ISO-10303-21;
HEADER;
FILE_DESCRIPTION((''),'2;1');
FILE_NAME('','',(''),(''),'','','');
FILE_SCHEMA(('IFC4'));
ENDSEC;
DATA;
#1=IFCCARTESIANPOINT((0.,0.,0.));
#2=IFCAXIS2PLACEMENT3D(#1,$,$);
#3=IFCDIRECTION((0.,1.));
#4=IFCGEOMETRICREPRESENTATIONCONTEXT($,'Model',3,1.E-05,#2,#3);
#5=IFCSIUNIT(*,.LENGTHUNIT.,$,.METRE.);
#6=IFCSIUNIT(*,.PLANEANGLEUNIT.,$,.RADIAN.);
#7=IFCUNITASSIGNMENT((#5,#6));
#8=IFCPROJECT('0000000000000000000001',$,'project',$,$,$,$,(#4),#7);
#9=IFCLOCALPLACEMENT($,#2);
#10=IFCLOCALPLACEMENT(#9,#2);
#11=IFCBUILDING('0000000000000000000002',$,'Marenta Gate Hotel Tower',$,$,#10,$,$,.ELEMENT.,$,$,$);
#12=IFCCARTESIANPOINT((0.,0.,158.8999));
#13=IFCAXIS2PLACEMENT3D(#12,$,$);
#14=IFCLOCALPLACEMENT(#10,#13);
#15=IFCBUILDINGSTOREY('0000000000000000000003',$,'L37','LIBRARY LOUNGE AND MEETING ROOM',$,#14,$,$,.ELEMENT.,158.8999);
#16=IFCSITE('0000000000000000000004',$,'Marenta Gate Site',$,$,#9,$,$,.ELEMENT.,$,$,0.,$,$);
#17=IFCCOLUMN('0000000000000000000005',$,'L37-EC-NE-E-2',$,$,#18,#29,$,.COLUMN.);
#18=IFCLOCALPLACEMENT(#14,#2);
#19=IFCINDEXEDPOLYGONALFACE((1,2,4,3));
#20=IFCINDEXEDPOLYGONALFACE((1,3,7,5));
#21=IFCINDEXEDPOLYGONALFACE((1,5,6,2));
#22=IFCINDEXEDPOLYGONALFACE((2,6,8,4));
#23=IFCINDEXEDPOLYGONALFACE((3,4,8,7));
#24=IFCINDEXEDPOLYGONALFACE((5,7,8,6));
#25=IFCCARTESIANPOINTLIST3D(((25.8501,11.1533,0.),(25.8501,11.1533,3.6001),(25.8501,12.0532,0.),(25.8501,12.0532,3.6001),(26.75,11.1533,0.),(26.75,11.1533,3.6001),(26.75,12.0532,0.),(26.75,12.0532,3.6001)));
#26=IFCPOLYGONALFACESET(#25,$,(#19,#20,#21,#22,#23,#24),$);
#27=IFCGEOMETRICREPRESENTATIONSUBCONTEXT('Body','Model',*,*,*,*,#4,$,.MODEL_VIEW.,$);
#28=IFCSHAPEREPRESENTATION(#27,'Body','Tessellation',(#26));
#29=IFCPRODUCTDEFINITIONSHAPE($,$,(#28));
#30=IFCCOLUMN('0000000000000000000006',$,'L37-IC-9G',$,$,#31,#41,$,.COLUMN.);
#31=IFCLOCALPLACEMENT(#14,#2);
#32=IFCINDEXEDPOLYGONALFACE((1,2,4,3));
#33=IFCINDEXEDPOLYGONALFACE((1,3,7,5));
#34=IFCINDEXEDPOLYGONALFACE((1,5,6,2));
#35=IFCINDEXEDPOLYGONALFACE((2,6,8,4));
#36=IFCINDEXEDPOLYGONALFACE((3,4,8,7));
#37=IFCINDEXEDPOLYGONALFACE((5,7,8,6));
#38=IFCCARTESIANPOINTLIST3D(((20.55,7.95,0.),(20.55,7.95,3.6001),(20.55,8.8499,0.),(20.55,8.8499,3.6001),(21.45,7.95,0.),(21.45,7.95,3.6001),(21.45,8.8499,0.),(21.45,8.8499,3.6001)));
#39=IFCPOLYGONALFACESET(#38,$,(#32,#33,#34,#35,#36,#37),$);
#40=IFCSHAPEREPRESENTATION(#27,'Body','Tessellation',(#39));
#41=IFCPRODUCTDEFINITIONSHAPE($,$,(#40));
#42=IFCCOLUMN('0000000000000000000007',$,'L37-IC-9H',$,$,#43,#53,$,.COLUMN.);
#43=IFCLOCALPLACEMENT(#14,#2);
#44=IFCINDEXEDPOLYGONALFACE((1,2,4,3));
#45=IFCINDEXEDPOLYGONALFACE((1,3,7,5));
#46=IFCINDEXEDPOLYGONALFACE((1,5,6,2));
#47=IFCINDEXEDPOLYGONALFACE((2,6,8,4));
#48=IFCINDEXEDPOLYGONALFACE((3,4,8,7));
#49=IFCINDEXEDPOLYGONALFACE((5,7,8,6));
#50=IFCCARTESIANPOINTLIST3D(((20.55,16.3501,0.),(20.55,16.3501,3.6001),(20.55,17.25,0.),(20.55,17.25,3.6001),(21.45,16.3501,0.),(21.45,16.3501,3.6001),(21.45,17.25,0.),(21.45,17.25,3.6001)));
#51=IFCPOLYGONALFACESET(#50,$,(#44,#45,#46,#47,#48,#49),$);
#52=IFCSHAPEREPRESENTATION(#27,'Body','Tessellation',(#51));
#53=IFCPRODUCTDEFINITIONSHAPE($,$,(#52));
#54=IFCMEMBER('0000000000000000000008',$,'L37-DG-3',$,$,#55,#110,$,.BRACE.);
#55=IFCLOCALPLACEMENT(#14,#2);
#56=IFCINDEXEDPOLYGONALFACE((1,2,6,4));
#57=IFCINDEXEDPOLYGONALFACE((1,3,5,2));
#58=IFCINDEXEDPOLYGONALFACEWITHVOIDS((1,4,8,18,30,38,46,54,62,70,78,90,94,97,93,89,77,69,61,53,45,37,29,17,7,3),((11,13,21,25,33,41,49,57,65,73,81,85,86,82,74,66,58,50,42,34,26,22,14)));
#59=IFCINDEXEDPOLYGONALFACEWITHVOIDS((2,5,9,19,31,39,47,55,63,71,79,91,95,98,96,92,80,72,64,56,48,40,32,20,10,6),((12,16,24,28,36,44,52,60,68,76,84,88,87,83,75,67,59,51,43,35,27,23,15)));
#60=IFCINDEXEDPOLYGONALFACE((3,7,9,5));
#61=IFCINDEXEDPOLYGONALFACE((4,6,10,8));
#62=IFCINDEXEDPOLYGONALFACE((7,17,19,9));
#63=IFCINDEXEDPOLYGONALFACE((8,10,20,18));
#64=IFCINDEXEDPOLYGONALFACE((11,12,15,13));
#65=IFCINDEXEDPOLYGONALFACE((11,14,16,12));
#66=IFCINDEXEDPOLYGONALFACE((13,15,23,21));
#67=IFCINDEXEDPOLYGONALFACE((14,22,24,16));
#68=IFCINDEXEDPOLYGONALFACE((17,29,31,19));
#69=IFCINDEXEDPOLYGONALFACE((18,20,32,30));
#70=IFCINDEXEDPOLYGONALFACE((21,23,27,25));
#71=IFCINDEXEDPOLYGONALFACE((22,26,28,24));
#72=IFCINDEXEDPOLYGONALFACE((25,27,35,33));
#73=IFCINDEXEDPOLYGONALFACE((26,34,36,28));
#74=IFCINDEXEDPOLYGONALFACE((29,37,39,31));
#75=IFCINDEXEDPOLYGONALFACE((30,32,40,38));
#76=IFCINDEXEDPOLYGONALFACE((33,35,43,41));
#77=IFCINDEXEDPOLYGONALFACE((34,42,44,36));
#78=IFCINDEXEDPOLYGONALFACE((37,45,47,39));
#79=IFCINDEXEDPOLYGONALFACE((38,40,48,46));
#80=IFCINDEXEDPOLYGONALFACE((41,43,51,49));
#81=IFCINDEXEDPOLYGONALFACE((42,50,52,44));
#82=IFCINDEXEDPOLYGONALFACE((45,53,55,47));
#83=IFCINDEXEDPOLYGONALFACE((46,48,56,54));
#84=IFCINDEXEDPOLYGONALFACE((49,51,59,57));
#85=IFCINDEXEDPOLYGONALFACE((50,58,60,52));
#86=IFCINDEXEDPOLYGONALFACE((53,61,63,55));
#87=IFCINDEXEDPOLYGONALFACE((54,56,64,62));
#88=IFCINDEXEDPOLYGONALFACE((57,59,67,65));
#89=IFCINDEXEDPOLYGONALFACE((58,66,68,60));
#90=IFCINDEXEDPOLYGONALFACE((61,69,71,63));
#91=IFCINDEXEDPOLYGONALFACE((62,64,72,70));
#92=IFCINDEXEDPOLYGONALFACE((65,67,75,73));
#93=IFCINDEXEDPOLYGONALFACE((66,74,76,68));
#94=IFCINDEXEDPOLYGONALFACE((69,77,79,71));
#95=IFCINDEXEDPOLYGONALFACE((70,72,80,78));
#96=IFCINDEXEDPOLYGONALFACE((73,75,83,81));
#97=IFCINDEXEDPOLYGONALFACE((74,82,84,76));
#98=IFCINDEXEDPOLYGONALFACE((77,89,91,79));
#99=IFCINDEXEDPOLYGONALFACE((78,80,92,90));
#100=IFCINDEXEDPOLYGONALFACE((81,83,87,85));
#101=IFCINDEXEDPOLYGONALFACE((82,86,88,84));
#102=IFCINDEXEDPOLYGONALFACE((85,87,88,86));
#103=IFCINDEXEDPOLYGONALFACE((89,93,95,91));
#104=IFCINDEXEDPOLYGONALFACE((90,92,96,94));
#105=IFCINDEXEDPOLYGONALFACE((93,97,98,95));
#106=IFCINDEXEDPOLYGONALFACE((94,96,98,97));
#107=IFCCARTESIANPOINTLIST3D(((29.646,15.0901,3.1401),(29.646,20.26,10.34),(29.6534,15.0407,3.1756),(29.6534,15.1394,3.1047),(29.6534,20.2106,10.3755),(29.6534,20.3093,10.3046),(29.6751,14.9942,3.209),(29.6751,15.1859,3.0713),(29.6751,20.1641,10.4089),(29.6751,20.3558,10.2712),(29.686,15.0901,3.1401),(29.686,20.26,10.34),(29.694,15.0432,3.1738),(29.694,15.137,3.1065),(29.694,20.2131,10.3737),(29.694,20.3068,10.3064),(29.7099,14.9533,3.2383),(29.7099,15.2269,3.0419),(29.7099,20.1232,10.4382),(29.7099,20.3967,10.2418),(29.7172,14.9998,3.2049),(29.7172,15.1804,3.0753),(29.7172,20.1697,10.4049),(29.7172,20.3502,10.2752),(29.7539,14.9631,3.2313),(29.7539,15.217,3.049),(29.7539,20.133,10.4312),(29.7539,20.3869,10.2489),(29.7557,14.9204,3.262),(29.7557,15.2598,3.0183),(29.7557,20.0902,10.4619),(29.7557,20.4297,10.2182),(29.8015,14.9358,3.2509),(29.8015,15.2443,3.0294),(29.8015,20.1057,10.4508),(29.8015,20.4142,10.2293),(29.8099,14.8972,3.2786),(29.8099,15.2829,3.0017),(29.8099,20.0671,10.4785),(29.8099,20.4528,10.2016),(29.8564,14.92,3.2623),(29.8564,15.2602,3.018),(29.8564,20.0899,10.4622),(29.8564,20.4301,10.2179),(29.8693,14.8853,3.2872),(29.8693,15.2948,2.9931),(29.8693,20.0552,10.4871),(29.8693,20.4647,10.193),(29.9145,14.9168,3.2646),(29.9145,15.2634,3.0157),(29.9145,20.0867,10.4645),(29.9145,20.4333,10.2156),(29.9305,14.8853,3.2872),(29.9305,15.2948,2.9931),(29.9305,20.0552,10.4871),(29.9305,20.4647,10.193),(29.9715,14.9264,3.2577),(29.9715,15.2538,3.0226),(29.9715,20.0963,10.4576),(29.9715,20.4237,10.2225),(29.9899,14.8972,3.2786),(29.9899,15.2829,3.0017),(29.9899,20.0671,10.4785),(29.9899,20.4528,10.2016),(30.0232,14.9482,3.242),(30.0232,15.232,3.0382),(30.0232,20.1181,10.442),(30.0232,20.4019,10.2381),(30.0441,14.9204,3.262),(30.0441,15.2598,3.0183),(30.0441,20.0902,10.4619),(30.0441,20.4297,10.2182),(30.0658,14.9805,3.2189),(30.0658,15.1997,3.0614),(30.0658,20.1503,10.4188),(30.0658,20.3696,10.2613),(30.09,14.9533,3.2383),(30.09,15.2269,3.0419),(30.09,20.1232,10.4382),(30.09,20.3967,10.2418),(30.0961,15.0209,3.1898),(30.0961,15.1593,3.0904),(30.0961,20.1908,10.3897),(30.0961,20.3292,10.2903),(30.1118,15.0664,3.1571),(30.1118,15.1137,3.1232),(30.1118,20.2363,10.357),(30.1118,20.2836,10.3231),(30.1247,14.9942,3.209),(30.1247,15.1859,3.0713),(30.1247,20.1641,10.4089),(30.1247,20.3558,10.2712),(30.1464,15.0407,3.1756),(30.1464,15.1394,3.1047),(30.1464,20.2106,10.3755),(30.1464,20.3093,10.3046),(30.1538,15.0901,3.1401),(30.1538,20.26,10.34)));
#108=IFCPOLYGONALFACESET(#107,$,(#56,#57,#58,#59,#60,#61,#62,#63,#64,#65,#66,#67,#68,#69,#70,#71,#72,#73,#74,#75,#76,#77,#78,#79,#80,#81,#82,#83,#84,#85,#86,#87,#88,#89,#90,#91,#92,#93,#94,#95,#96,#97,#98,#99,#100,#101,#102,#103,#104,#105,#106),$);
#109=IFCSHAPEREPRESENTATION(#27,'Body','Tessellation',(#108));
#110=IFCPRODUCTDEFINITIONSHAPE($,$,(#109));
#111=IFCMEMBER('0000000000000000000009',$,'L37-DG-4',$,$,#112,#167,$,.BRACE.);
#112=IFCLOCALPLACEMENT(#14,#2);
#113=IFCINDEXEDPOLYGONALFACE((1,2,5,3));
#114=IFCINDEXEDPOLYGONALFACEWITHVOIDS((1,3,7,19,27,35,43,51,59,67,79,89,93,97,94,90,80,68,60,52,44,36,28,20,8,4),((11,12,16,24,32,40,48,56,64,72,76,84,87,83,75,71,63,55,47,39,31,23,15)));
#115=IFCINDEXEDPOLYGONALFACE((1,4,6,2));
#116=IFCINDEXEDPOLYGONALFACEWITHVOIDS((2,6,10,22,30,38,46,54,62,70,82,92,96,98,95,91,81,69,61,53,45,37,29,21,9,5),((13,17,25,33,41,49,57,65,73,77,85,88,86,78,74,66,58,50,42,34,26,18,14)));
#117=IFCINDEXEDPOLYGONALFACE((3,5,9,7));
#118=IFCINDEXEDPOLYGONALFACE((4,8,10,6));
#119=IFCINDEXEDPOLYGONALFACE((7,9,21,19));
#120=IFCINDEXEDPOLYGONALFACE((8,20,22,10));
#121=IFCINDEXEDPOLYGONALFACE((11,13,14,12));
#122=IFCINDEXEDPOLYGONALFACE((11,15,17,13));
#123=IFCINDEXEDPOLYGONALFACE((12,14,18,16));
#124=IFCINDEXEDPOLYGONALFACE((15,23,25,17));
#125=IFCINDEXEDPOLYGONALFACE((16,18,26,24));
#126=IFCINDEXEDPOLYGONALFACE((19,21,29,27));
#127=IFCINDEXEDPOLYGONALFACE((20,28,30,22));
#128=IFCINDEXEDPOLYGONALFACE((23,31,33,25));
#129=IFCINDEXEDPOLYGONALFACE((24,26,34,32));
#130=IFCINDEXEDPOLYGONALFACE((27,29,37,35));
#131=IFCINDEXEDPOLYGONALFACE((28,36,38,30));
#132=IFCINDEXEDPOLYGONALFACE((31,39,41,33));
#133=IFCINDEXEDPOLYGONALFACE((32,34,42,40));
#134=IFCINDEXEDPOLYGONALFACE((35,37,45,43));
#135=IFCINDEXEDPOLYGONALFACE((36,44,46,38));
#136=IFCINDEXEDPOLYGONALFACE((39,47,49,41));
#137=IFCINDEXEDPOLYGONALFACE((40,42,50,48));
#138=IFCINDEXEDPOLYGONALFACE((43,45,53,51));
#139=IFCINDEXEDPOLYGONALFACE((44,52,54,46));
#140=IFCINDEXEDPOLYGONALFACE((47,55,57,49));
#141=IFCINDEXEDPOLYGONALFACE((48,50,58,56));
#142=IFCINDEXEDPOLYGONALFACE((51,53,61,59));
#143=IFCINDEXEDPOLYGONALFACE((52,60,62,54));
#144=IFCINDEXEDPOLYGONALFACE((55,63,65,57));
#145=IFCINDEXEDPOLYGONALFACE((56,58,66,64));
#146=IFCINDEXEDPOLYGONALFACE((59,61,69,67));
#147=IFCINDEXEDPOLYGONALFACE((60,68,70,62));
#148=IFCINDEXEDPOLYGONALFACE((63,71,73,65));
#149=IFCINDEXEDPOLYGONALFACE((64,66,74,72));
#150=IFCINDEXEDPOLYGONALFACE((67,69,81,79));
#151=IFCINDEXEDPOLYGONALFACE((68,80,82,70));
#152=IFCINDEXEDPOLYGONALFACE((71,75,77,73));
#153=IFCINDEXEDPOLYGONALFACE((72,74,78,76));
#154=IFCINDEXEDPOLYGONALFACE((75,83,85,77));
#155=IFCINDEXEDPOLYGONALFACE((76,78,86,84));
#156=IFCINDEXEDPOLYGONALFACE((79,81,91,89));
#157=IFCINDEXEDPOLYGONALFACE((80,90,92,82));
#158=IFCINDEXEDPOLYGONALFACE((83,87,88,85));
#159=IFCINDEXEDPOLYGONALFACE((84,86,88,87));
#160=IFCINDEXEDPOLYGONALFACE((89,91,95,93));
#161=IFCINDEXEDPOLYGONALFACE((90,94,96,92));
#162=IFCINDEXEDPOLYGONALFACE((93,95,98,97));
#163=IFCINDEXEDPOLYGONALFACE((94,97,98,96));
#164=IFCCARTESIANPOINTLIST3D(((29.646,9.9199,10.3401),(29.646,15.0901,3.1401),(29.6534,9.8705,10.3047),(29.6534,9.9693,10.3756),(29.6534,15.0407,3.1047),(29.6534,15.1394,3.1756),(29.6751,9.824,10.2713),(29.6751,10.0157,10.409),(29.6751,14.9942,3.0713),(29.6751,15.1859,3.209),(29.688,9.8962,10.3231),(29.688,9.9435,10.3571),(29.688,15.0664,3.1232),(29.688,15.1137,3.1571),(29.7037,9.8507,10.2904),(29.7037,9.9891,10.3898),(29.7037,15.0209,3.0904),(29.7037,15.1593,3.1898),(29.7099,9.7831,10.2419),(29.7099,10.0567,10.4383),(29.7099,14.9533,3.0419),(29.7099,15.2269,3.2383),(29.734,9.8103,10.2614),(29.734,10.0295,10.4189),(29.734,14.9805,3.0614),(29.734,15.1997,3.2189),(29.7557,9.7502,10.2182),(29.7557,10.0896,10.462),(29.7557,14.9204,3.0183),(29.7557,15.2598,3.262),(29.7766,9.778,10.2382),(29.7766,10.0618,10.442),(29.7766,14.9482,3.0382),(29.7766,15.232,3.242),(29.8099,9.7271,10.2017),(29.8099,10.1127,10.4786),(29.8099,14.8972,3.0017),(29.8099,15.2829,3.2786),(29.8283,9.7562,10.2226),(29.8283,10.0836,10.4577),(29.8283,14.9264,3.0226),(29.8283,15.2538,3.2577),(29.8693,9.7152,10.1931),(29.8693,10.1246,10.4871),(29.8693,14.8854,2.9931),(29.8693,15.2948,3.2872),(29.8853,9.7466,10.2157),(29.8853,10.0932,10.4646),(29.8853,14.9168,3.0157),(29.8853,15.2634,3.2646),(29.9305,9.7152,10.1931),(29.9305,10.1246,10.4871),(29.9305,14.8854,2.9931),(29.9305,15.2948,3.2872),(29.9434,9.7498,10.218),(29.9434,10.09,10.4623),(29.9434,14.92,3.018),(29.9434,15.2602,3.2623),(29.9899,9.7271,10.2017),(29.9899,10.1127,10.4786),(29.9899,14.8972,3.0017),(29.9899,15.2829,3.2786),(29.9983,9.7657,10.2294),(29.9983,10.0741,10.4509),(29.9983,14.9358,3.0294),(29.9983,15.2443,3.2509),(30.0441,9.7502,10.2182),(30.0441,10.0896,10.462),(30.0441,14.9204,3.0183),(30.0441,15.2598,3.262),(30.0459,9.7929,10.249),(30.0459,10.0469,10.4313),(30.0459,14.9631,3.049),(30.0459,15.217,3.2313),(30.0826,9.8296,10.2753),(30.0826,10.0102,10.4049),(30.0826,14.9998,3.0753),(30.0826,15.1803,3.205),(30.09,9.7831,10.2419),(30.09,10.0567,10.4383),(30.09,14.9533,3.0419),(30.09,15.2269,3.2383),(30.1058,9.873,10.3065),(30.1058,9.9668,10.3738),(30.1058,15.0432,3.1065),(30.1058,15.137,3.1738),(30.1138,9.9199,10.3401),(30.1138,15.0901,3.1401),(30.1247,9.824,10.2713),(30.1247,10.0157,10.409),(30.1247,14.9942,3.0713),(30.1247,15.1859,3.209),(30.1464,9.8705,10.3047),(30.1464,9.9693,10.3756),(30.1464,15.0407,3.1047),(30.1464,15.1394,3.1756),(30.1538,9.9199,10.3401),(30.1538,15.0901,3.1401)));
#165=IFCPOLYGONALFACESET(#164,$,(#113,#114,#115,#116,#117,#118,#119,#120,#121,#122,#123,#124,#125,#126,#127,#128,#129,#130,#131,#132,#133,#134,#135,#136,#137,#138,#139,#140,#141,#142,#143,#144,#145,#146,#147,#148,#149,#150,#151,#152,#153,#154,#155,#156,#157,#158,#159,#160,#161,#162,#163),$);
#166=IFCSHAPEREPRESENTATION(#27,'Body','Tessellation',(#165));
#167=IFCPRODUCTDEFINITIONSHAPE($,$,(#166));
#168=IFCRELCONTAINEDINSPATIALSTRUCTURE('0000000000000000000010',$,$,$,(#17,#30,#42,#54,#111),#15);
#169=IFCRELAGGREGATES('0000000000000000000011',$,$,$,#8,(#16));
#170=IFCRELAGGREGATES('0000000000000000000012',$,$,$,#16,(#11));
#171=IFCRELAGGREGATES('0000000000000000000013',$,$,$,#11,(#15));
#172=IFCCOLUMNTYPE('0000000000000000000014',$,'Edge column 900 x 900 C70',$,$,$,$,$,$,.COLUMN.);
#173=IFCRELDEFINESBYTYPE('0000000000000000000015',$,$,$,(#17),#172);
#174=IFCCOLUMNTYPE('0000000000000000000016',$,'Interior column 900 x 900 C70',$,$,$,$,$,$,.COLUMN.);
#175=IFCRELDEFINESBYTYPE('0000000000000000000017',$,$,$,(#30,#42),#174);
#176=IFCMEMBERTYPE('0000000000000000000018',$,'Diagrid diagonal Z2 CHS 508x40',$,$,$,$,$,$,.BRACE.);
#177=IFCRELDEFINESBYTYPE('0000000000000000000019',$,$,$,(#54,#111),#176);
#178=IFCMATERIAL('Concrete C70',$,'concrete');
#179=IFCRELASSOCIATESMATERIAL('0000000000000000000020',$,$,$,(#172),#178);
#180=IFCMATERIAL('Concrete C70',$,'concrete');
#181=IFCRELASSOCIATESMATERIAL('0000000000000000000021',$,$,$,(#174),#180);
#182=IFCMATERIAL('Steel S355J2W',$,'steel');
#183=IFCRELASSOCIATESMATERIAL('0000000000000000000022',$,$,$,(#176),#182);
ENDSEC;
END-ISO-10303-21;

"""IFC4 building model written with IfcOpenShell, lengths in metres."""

from ifc_helpers import new_model, si_unit, direction, frame, origin, origin_2d, place, context, subcontext, project, spatial, rectangle, hollow_circle, extrude, material, material_profile, profile_set, type_object, element, save


model = new_model("IFC4")

# Units and contexts
model_context = context("Model", 3, precision=1e-05, world=origin(), true_north=direction((0.0, 1.0)))
body_context = subcontext(model_context, "Body", "Model", "MODEL_VIEW")
ifc_project = project(units=[si_unit("LENGTHUNIT", "METRE"), si_unit("PLANEANGLEUNIT", "RADIAN")], contexts=[model_context])

# Site, building, storey
site_placement = place(None, origin())
site = spatial("IfcSite", under=ifc_project, at=site_placement, Name="Marenta Gate Site", CompositionType="ELEMENT", RefElevation=0.0)
building_placement = place(site_placement, origin())
building = spatial("IfcBuilding", under=site, at=building_placement, Name="Marenta Gate Hotel Tower", CompositionType="ELEMENT")
storey_placement = place(building_placement, frame((0.0, 0.0, 158.8999)))
storey = spatial("IfcBuildingStorey", under=building, at=storey_placement, Name="L37", Description="LIBRARY LOUNGE AND MEETING ROOM", CompositionType="ELEMENT", Elevation=158.8999)

# Columns
ifc_material_1 = material(Name="Concrete C70", Category="concrete")
ifc_material_profile_1 = material_profile(ifc_material_1, rectangle(XDim=0.8999, YDim=0.8999, at=origin_2d()), Name="900 x 900")
ifc_profile_set_1 = profile_set([ifc_material_profile_1], Name="Concrete C70")
column_type_1 = type_object("IfcColumnType", Name="Edge column 900 x 900 C70", PredefinedType="COLUMN", material=ifc_profile_set_1)
column_placement = place(storey_placement, frame((26.3, 11.6033, 0.0), z_axis=(0.0, 0.0, 1.0), x_axis=(1.0, 0.0, 0.0)))
element("IfcColumn", 1, at=column_placement, inside=storey, type_object=column_type_1, Name="L37-EC-NE-E-2", PredefinedType="COLUMN", context=body_context, shape_type="SweptSolid", body=[
    extrude(rectangle(XDim=0.8999, YDim=0.8999, at=origin_2d()), origin(), (0.0, 0.0, 1.0), 3.6001),
])
ifc_material_2 = material(Name="Concrete C70", Category="concrete")
ifc_material_profile_2 = material_profile(ifc_material_2, rectangle(XDim=0.8999, YDim=0.8999, at=origin_2d()), Name="900 x 900")
ifc_profile_set_2 = profile_set([ifc_material_profile_2], Name="Concrete C70")
column_type_2 = type_object("IfcColumnType", Name="Interior column 900 x 900 C70", PredefinedType="COLUMN", material=ifc_profile_set_2)
for number, where, z_axis, x_axis, name in (
    (2, (21.0, 8.3999, 0.0), (0.0, 0.0, 1.0), (1.0, 0.0, 0.0), "L37-IC-9G"),
    (3, (21.0, 16.8, 0.0), (0.0, 0.0, 1.0), (1.0, 0.0, 0.0), "L37-IC-9H"),
):
    element("IfcColumn", number, at=place(storey_placement, frame(where, z_axis=z_axis, x_axis=x_axis)), inside=storey, type_object=column_type_2, Name=name, PredefinedType="COLUMN", context=body_context, shape_type="SweptSolid", body=[
        extrude(rectangle(XDim=0.8999, YDim=0.8999, at=origin_2d()), origin(), (0.0, 0.0, 1.0), 3.6001),
    ])

# Members
ifc_material_3 = material(Name="Steel S355J2W", Category="steel")
ifc_material_profile_3 = material_profile(ifc_material_3, hollow_circle(Radius=0.2539, WallThickness=0.04, at=origin_2d()), Name="CHS 508x40")
ifc_profile_set_3 = profile_set([ifc_material_profile_3], Name="Steel S355J2W")
member_type_1 = type_object("IfcMemberType", Name="Diagrid diagonal Z2 CHS 508x40", PredefinedType="BRACE", material=ifc_profile_set_3)
member_1_placement = place(storey_placement, frame((29.8999, 15.0901, 3.1401), z_axis=(0.0, 0.583261, 0.812285), x_axis=(-1.0, 0.0, 0.0)))
element("IfcMember", 4, at=member_1_placement, inside=storey, type_object=member_type_1, Name="L37-DG-3", PredefinedType="BRACE", context=body_context, shape_type="SweptSolid", body=[
    extrude(hollow_circle(Radius=0.2539, WallThickness=0.04, at=origin_2d()), origin(), (0.0, 0.0, 1.0), 8.8638),
])
member_2_placement = place(storey_placement, frame((29.8999, 15.0901, 3.1401), z_axis=(0.0, -0.583279, 0.812272), x_axis=(1.0, 0.0, 0.0)))
element("IfcMember", 5, at=member_2_placement, inside=storey, type_object=member_type_1, Name="L37-DG-4", PredefinedType="BRACE", context=body_context, shape_type="SweptSolid", body=[
    extrude(hollow_circle(Radius=0.2539, WallThickness=0.04, at=origin_2d()), origin(), (0.0, 0.0, 1.0), 8.864),
])

save(model, "model.ifc")
